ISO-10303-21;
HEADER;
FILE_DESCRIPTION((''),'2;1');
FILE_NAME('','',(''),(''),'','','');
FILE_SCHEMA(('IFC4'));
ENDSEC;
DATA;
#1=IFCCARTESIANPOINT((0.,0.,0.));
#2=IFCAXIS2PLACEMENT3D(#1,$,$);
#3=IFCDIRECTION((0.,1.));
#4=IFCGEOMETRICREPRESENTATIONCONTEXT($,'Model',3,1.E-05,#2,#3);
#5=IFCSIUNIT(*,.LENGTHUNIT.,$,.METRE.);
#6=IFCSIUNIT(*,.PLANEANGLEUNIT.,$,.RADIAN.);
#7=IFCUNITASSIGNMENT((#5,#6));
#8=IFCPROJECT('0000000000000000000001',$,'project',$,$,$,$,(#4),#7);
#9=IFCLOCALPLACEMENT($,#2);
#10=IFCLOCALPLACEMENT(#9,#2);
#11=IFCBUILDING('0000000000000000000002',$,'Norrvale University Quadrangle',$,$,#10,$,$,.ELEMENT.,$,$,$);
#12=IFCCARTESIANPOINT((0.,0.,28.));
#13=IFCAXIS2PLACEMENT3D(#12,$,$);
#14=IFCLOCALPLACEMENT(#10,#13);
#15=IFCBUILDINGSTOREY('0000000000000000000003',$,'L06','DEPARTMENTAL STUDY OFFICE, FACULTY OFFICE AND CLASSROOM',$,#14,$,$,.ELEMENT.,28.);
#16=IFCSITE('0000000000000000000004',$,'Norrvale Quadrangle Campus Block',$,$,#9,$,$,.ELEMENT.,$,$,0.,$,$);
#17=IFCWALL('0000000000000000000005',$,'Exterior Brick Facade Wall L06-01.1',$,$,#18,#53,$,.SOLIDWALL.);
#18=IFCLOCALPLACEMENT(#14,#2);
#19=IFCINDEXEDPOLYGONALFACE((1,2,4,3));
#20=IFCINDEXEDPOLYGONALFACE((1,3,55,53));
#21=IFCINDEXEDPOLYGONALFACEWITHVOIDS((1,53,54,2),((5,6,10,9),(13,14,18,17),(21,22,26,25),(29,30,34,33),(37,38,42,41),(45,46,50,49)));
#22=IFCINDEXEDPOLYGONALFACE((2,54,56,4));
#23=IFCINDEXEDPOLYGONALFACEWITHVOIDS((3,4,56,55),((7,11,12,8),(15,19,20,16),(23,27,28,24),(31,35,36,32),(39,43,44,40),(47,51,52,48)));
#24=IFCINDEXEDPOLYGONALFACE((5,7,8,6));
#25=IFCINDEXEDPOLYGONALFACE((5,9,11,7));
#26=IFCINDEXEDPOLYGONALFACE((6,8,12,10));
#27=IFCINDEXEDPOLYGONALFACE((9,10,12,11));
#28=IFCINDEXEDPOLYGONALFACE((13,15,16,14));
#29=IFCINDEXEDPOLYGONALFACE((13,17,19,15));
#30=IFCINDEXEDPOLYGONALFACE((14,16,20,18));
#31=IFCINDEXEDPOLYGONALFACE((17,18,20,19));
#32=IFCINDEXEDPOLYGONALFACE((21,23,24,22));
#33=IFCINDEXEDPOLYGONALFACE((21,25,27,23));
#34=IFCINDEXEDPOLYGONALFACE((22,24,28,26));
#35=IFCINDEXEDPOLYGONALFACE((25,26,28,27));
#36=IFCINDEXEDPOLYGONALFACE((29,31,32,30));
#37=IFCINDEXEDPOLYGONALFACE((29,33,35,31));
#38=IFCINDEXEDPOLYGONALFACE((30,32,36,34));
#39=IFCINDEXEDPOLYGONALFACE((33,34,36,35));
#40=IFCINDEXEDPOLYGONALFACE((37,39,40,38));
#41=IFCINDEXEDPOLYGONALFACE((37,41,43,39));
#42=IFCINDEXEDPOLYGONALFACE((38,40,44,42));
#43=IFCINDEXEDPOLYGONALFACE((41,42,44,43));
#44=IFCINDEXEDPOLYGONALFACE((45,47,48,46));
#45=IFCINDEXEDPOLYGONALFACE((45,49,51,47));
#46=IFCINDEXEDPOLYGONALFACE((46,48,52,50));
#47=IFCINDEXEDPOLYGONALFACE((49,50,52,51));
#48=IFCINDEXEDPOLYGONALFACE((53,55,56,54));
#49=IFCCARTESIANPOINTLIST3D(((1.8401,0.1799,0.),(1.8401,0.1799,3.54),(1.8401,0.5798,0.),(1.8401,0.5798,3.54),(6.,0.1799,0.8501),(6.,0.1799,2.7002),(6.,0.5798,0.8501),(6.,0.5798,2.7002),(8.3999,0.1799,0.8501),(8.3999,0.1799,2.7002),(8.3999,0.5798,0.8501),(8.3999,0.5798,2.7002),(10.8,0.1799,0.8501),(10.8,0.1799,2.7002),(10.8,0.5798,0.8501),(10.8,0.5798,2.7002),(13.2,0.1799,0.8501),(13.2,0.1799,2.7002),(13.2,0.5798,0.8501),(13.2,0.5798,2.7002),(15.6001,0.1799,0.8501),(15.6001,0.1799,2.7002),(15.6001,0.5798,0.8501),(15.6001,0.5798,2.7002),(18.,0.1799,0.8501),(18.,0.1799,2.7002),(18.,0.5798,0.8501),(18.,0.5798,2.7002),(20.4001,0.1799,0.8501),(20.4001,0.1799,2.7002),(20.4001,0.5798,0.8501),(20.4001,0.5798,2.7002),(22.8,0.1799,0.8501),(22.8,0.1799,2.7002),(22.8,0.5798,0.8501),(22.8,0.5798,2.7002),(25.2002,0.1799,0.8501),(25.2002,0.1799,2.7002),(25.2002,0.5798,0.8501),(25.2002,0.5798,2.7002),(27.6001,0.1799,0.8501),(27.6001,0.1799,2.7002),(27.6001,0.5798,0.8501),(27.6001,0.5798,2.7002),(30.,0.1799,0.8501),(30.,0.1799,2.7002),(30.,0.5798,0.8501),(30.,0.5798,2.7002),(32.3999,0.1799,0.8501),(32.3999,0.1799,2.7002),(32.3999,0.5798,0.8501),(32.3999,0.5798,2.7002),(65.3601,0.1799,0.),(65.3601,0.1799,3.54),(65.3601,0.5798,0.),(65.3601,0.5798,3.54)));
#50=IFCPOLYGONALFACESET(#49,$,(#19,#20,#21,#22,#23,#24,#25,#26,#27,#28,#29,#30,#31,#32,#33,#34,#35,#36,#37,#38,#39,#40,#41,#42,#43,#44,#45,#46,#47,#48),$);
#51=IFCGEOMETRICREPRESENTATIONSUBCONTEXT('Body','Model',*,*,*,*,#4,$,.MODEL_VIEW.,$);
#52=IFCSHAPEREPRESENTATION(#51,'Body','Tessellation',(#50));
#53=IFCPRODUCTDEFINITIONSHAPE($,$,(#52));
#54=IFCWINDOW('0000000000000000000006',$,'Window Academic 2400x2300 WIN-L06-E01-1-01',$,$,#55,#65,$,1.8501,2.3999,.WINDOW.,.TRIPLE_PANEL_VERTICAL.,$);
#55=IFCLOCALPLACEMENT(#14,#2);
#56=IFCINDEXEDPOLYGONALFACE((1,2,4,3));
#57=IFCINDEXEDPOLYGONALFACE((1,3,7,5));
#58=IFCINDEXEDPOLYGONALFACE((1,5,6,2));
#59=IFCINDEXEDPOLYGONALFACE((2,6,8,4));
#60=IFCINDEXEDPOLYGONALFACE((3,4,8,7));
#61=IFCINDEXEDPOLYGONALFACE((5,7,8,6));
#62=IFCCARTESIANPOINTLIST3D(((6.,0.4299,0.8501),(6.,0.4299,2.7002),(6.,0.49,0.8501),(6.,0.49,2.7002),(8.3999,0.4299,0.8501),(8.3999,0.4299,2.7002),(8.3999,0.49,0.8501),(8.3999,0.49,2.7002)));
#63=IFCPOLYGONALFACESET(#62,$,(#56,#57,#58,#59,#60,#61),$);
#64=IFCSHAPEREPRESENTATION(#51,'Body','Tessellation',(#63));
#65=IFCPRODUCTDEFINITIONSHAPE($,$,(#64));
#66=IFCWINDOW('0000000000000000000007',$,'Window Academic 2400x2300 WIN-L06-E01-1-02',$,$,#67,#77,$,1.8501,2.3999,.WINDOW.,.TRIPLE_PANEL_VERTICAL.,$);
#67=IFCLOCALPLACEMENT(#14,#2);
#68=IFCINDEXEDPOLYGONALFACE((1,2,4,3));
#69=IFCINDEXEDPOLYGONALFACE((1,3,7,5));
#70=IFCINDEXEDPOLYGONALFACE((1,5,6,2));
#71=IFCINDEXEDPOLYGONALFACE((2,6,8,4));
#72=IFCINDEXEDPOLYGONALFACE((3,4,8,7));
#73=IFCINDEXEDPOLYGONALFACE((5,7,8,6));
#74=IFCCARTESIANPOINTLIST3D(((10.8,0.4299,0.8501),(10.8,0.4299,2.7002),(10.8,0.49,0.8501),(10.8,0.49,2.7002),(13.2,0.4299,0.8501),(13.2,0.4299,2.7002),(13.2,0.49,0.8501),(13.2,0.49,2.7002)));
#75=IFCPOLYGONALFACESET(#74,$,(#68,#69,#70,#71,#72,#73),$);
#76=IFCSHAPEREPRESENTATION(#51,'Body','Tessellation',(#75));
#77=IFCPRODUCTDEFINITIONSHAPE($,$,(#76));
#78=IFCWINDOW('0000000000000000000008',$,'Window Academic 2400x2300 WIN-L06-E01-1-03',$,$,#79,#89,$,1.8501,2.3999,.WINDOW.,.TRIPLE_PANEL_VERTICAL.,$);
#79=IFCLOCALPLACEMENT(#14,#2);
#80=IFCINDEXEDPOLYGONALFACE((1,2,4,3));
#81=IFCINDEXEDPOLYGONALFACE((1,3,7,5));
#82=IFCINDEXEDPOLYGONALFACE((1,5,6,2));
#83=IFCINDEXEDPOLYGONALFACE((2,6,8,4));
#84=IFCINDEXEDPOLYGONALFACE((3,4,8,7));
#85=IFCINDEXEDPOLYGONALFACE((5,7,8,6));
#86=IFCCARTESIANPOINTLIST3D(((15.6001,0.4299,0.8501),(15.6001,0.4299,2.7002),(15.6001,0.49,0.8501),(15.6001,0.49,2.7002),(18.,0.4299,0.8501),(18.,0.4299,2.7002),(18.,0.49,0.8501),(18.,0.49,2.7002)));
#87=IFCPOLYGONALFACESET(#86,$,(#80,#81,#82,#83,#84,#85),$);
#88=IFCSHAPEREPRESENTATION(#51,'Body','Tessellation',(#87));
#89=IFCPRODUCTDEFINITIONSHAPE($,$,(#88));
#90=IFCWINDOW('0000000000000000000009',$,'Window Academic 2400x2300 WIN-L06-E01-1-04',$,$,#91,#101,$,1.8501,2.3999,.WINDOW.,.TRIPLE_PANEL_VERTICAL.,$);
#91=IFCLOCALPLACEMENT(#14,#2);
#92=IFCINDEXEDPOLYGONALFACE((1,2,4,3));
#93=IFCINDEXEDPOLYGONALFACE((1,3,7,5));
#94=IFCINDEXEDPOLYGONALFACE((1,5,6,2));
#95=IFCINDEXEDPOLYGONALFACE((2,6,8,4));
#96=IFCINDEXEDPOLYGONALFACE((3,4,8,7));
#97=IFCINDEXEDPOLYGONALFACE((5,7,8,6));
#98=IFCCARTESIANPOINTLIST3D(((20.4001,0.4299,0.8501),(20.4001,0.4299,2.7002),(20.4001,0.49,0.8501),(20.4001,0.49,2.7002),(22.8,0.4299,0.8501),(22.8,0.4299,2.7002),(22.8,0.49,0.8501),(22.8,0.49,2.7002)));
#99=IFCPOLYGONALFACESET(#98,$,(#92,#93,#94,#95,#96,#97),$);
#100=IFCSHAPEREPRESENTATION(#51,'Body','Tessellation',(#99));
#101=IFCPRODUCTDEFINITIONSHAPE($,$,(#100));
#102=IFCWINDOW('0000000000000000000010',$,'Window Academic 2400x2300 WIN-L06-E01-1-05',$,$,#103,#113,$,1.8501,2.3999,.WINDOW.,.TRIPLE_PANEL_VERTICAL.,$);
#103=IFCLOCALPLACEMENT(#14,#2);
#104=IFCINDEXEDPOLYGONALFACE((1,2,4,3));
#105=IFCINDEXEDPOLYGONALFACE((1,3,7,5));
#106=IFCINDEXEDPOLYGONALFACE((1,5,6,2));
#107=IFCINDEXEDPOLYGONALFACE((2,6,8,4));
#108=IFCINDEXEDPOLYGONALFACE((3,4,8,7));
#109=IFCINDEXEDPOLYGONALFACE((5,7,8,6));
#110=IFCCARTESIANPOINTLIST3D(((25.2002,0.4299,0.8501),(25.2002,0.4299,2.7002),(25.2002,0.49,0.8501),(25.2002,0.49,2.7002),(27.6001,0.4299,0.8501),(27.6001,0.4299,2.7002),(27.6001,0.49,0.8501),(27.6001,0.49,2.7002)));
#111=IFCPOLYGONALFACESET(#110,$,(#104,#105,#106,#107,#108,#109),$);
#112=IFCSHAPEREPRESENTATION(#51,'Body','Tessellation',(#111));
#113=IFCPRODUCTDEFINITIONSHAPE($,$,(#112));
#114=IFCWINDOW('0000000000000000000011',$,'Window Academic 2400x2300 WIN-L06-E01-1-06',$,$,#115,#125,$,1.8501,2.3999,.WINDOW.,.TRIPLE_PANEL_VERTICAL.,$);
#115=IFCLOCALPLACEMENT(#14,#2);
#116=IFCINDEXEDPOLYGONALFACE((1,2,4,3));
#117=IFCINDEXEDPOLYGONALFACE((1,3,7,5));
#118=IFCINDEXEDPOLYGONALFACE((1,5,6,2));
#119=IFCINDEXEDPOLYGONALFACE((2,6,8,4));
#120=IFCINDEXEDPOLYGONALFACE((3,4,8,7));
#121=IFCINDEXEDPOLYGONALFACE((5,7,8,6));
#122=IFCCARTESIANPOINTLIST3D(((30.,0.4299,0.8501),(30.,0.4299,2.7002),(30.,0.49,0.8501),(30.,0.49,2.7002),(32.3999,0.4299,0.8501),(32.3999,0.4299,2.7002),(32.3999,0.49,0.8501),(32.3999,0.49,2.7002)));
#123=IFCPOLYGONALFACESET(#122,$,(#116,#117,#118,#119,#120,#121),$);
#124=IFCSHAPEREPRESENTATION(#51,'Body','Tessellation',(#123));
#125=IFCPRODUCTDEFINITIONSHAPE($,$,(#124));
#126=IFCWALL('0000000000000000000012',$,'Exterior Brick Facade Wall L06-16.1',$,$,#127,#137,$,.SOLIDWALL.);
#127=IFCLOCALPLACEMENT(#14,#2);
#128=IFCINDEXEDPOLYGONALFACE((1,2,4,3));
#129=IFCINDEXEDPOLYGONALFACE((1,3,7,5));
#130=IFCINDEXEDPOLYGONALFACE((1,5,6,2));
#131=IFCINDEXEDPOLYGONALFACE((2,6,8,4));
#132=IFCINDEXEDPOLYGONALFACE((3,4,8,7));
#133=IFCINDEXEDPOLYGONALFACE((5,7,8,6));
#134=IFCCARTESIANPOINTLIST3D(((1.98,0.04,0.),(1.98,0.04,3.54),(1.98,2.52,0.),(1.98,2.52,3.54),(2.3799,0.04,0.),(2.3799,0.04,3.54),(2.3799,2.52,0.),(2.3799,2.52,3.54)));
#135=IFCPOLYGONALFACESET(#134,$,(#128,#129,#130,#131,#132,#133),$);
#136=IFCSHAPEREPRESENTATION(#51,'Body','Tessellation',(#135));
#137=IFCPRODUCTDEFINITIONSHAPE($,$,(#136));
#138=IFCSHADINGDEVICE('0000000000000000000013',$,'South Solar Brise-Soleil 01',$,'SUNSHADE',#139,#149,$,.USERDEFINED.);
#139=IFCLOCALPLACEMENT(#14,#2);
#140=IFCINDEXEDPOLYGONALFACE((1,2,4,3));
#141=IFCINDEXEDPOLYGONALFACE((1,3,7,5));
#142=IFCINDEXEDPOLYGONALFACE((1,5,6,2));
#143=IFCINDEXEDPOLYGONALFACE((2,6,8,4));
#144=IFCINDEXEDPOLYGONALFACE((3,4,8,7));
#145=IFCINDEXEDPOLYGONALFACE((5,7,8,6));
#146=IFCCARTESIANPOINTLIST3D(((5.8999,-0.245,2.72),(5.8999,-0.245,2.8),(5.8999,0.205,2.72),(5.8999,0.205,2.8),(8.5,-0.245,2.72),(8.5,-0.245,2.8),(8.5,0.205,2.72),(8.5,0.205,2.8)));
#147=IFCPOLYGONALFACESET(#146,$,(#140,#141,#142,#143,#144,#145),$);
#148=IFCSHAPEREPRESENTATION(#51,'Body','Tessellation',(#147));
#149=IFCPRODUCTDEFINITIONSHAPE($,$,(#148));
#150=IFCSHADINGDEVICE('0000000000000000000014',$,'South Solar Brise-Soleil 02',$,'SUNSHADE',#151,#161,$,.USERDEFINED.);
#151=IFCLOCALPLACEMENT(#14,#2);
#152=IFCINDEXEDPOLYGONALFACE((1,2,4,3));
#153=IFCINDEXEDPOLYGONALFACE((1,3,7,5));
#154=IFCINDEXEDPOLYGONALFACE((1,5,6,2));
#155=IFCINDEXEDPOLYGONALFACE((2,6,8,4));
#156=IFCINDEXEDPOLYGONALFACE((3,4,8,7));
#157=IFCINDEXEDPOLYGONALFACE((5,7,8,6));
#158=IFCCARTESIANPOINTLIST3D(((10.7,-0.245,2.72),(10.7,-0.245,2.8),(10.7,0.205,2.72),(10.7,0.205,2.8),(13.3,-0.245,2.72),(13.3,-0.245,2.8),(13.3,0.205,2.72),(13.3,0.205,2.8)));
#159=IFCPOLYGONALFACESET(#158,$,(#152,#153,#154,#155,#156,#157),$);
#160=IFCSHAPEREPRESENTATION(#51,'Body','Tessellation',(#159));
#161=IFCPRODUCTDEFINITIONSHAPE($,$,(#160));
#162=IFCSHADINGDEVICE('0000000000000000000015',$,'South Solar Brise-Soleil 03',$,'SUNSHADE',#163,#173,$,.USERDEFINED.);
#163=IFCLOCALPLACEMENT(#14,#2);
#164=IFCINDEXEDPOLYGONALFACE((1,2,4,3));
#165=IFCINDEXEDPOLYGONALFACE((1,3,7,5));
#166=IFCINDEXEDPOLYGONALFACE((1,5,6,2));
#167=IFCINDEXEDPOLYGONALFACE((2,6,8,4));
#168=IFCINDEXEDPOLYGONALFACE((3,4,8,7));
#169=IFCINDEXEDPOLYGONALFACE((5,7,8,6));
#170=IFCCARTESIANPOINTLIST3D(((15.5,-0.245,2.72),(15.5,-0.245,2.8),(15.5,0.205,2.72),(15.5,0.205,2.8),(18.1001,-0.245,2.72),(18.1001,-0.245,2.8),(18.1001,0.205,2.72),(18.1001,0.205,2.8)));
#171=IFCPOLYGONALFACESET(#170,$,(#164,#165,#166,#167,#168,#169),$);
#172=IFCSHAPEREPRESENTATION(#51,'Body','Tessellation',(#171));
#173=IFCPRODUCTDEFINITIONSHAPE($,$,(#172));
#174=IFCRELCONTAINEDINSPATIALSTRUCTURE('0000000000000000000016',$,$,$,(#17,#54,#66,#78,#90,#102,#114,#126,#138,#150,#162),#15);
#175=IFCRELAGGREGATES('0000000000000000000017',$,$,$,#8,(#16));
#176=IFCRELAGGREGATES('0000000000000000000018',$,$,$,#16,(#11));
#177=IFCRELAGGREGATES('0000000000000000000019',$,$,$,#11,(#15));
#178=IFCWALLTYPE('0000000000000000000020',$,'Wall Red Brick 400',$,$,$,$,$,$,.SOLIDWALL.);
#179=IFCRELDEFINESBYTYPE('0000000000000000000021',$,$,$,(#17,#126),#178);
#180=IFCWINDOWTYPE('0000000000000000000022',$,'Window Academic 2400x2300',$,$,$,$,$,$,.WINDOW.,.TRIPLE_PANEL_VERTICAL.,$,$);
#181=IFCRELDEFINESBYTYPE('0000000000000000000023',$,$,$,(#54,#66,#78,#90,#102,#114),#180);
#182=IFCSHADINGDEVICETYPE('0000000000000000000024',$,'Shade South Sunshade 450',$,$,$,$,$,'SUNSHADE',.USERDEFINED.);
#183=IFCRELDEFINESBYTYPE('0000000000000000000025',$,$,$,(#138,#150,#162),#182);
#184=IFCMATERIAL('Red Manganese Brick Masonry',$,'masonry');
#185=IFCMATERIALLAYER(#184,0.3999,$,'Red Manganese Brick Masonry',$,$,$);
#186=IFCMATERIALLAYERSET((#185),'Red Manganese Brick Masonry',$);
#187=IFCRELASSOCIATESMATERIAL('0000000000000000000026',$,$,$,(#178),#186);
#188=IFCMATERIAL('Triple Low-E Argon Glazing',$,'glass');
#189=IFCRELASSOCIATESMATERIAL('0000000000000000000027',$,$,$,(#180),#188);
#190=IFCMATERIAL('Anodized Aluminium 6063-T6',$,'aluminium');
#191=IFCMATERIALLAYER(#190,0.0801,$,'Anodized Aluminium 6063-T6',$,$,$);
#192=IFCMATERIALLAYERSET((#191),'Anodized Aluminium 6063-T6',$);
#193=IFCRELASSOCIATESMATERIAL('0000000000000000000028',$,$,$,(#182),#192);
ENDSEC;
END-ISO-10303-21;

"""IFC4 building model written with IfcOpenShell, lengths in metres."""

from ifc_helpers import new_model, si_unit, direction, frame, frame_2d, origin, origin_2d, place, context, subcontext, project, spatial, rectangle, extrude, material, layer, layer_set, type_object, element, fill, save


model = new_model("IFC4")

# Units and contexts
model_context = context("Model", 3, precision=1e-05, world=origin(), true_north=direction((0.0, 1.0)))
body_context = subcontext(model_context, "Body", "Model", "MODEL_VIEW")
ifc_project = project(units=[si_unit("LENGTHUNIT", "METRE"), si_unit("PLANEANGLEUNIT", "RADIAN")], contexts=[model_context])

# Site, building, storey
site_placement = place(None, origin())
site = spatial("IfcSite", under=ifc_project, at=site_placement, Name="Norrvale Quadrangle Campus Block", CompositionType="ELEMENT", RefElevation=0.0)
building_placement = place(site_placement, origin())
building = spatial("IfcBuilding", under=site, at=building_placement, Name="Norrvale University Quadrangle", CompositionType="ELEMENT")
storey_placement = place(building_placement, frame((0.0, 0.0, 28.0)))
storey = spatial("IfcBuildingStorey", under=building, at=storey_placement, Name="L06", Description="DEPARTMENTAL STUDY OFFICE, FACULTY OFFICE AND CLASSROOM", CompositionType="ELEMENT", Elevation=28.0)

# Wall, openings, windows
ifc_material_1 = material(Name="Red Manganese Brick Masonry", Category="masonry")
ifc_layer_1 = layer(ifc_material_1, 0.3999, Name="Red Manganese Brick Masonry")
ifc_layer_set_1 = layer_set([ifc_layer_1], Name="Red Manganese Brick Masonry")
wall_type_1 = type_object("IfcWallType", Name="Wall Red Brick 400", PredefinedType="SOLIDWALL", material=ifc_layer_set_1)
wall_1_placement = place(storey_placement, frame((1.8401, 0.3799, 0.0), z_axis=(0.0, 0.0, 1.0), x_axis=(1.0, 0.0, 0.0)))
wall_1 = element("IfcWall", 1, at=wall_1_placement, inside=storey, type_object=wall_type_1, Name="Exterior Brick Facade Wall L06-01.1", PredefinedType="SOLIDWALL", context=body_context, shape_type="SweptSolid", body=[
    extrude(rectangle(XDim=63.52, YDim=0.3999, at=frame_2d((31.76, 0.0))), origin(), (0.0, 0.0, 1.0), 3.54),
])
opening_1_placement = place(wall_1_placement, frame((4.1599, 0.0, 0.8501)))
opening_1 = element("IfcOpeningElement", 2, at=opening_1_placement, cuts=wall_1, PredefinedType="OPENING", context=body_context, shape_type="SweptSolid", body=[
    extrude(rectangle(XDim=2.3999, YDim=1.8501, at=frame_2d((1.2, 0.925))), frame((0.0, 0.2119, 0.0), z_axis=(0.0, -1.0, 0.0), x_axis=(1.0, 0.0, 0.0)), (0.0, 0.0, 1.0), 0.4238),
])
opening_2_placement = place(wall_1_placement, frame((8.96, 0.0, 0.8501)))
opening_2 = element("IfcOpeningElement", 3, at=opening_2_placement, cuts=wall_1, PredefinedType="OPENING", context=body_context, shape_type="SweptSolid", body=[
    extrude(rectangle(XDim=2.3999, YDim=1.8501, at=frame_2d((1.2, 0.925))), frame((0.0, 0.2119, 0.0), z_axis=(0.0, -1.0, 0.0), x_axis=(1.0, 0.0, 0.0)), (0.0, 0.0, 1.0), 0.4238),
])
opening_3_placement = place(wall_1_placement, frame((13.76, 0.0, 0.8501)))
opening_3 = element("IfcOpeningElement", 4, at=opening_3_placement, cuts=wall_1, PredefinedType="OPENING", context=body_context, shape_type="SweptSolid", body=[
    extrude(rectangle(XDim=2.3999, YDim=1.8501, at=frame_2d((1.2, 0.925))), frame((0.0, 0.2119, 0.0), z_axis=(0.0, -1.0, 0.0), x_axis=(1.0, 0.0, 0.0)), (0.0, 0.0, 1.0), 0.4238),
])
opening_4_placement = place(wall_1_placement, frame((18.5601, 0.0, 0.8501)))
opening_4 = element("IfcOpeningElement", 5, at=opening_4_placement, cuts=wall_1, PredefinedType="OPENING", context=body_context, shape_type="SweptSolid", body=[
    extrude(rectangle(XDim=2.3999, YDim=1.8501, at=frame_2d((1.2, 0.925))), frame((0.0, 0.2119, 0.0), z_axis=(0.0, -1.0, 0.0), x_axis=(1.0, 0.0, 0.0)), (0.0, 0.0, 1.0), 0.4238),
])
opening_5_placement = place(wall_1_placement, frame((23.3601, 0.0, 0.8501)))
opening_5 = element("IfcOpeningElement", 6, at=opening_5_placement, cuts=wall_1, PredefinedType="OPENING", context=body_context, shape_type="SweptSolid", body=[
    extrude(rectangle(XDim=2.3999, YDim=1.8501, at=frame_2d((1.2, 0.925))), frame((0.0, 0.2119, 0.0), z_axis=(0.0, -1.0, 0.0), x_axis=(1.0, 0.0, 0.0)), (0.0, 0.0, 1.0), 0.4238),
])
opening_6_placement = place(wall_1_placement, frame((28.1599, 0.0, 0.8501)))
opening_6 = element("IfcOpeningElement", 7, at=opening_6_placement, cuts=wall_1, PredefinedType="OPENING", context=body_context, shape_type="SweptSolid", body=[
    extrude(rectangle(XDim=2.3999, YDim=1.8501, at=frame_2d((1.2, 0.925))), frame((0.0, 0.2119, 0.0), z_axis=(0.0, -1.0, 0.0), x_axis=(1.0, 0.0, 0.0)), (0.0, 0.0, 1.0), 0.4238),
])
ifc_material_2 = material(Name="Triple Low-E Argon Glazing", Category="glass")
window_type = type_object("IfcWindowType", Name="Window Academic 2400x2300", PartitioningType="TRIPLE_PANEL_VERTICAL", PredefinedType="WINDOW", material=ifc_material_2)
window_1_placement = place(opening_1_placement, origin())
window_1 = element("IfcWindow", 8, at=window_1_placement, inside=storey, type_object=window_type, Name="Window Academic 2400x2300 WIN-L06-E01-1-01", OverallHeight=1.8501, OverallWidth=2.3999, PartitioningType="TRIPLE_PANEL_VERTICAL", PredefinedType="WINDOW", context=body_context, shape_type="SweptSolid", body=[
    extrude(rectangle(XDim=2.3999, YDim=1.8501, at=frame_2d((1.2, 0.925))), frame((0.0, 0.1101, 0.0), z_axis=(0.0, -1.0, 0.0), x_axis=(1.0, 0.0, 0.0)), (0.0, 0.0, 1.0), 0.0601),
])
fill(opening_1, window_1)
window_2_placement = place(opening_2_placement, origin())
window_2 = element("IfcWindow", 9, at=window_2_placement, inside=storey, type_object=window_type, Name="Window Academic 2400x2300 WIN-L06-E01-1-02", OverallHeight=1.8501, OverallWidth=2.3999, PartitioningType="TRIPLE_PANEL_VERTICAL", PredefinedType="WINDOW", context=body_context, shape_type="SweptSolid", body=[
    extrude(rectangle(XDim=2.3999, YDim=1.8501, at=frame_2d((1.2, 0.925))), frame((0.0, 0.1101, 0.0), z_axis=(0.0, -1.0, 0.0), x_axis=(1.0, 0.0, 0.0)), (0.0, 0.0, 1.0), 0.0601),
])
fill(opening_2, window_2)
window_3_placement = place(opening_3_placement, origin())
window_3 = element("IfcWindow", 10, at=window_3_placement, inside=storey, type_object=window_type, Name="Window Academic 2400x2300 WIN-L06-E01-1-03", OverallHeight=1.8501, OverallWidth=2.3999, PartitioningType="TRIPLE_PANEL_VERTICAL", PredefinedType="WINDOW", context=body_context, shape_type="SweptSolid", body=[
    extrude(rectangle(XDim=2.3999, YDim=1.8501, at=frame_2d((1.2, 0.925))), frame((0.0, 0.1101, 0.0), z_axis=(0.0, -1.0, 0.0), x_axis=(1.0, 0.0, 0.0)), (0.0, 0.0, 1.0), 0.0601),
])
fill(opening_3, window_3)
window_4_placement = place(opening_4_placement, origin())
window_4 = element("IfcWindow", 11, at=window_4_placement, inside=storey, type_object=window_type, Name="Window Academic 2400x2300 WIN-L06-E01-1-04", OverallHeight=1.8501, OverallWidth=2.3999, PartitioningType="TRIPLE_PANEL_VERTICAL", PredefinedType="WINDOW", context=body_context, shape_type="SweptSolid", body=[
    extrude(rectangle(XDim=2.3999, YDim=1.8501, at=frame_2d((1.2, 0.925))), frame((0.0, 0.1101, 0.0), z_axis=(0.0, -1.0, 0.0), x_axis=(1.0, 0.0, 0.0)), (0.0, 0.0, 1.0), 0.0601),
])
fill(opening_4, window_4)
window_5_placement = place(opening_5_placement, origin())
window_5 = element("IfcWindow", 12, at=window_5_placement, inside=storey, type_object=window_type, Name="Window Academic 2400x2300 WIN-L06-E01-1-05", OverallHeight=1.8501, OverallWidth=2.3999, PartitioningType="TRIPLE_PANEL_VERTICAL", PredefinedType="WINDOW", context=body_context, shape_type="SweptSolid", body=[
    extrude(rectangle(XDim=2.3999, YDim=1.8501, at=frame_2d((1.2, 0.925))), frame((0.0, 0.1101, 0.0), z_axis=(0.0, -1.0, 0.0), x_axis=(1.0, 0.0, 0.0)), (0.0, 0.0, 1.0), 0.0601),
])
fill(opening_5, window_5)
window_6_placement = place(opening_6_placement, origin())
window_6 = element("IfcWindow", 13, at=window_6_placement, inside=storey, type_object=window_type, Name="Window Academic 2400x2300 WIN-L06-E01-1-06", OverallHeight=1.8501, OverallWidth=2.3999, PartitioningType="TRIPLE_PANEL_VERTICAL", PredefinedType="WINDOW", context=body_context, shape_type="SweptSolid", body=[
    extrude(rectangle(XDim=2.3999, YDim=1.8501, at=frame_2d((1.2, 0.925))), frame((0.0, 0.1101, 0.0), z_axis=(0.0, -1.0, 0.0), x_axis=(1.0, 0.0, 0.0)), (0.0, 0.0, 1.0), 0.0601),
])
fill(opening_6, window_6)

# Wall
wall_2_placement = place(storey_placement, frame((2.1799, 2.52, 0.0), z_axis=(0.0, 0.0, 1.0), x_axis=(0.0, -1.0, 0.0)))
element("IfcWall", 14, at=wall_2_placement, inside=storey, type_object=wall_type_1, Name="Exterior Brick Facade Wall L06-16.1", PredefinedType="SOLIDWALL", context=body_context, shape_type="SweptSolid", body=[
    extrude(rectangle(XDim=2.48, YDim=0.3999, at=frame_2d((1.24, 0.0))), origin(), (0.0, 0.0, 1.0), 3.54),
])

# Shading devices
ifc_material_3 = material(Name="Anodized Aluminium 6063-T6", Category="aluminium")
ifc_layer_2 = layer(ifc_material_3, 0.0801, Name="Anodized Aluminium 6063-T6")
ifc_layer_set_2 = layer_set([ifc_layer_2], Name="Anodized Aluminium 6063-T6")
shading_device_type = type_object("IfcShadingDeviceType", Name="Shade South Sunshade 450", ElementType="SUNSHADE", PredefinedType="USERDEFINED", material=ifc_layer_set_2)
for number, where, z_axis, x_axis, name in (
    (15, (7.2, -0.02, 2.72), (0.0, 0.0, 1.0), (1.0, 0.0, 0.0), "South Solar Brise-Soleil 01"),
    (16, (12.0, -0.02, 2.72), (0.0, 0.0, 1.0), (1.0, 0.0, 0.0), "South Solar Brise-Soleil 02"),
    (17, (16.8, -0.02, 2.72), (0.0, 0.0, 1.0), (1.0, 0.0, 0.0), "South Solar Brise-Soleil 03"),
):
    element("IfcShadingDevice", number, at=place(storey_placement, frame(where, z_axis=z_axis, x_axis=x_axis)), inside=storey, type_object=shading_device_type, Name=name, ObjectType="SUNSHADE", PredefinedType="USERDEFINED", context=body_context, shape_type="SweptSolid", body=[
        extrude(rectangle(XDim=2.6001, YDim=0.45, at=origin_2d()), origin(), (0.0, 0.0, 1.0), 0.0801),
    ])

save(model, "model.ifc")
